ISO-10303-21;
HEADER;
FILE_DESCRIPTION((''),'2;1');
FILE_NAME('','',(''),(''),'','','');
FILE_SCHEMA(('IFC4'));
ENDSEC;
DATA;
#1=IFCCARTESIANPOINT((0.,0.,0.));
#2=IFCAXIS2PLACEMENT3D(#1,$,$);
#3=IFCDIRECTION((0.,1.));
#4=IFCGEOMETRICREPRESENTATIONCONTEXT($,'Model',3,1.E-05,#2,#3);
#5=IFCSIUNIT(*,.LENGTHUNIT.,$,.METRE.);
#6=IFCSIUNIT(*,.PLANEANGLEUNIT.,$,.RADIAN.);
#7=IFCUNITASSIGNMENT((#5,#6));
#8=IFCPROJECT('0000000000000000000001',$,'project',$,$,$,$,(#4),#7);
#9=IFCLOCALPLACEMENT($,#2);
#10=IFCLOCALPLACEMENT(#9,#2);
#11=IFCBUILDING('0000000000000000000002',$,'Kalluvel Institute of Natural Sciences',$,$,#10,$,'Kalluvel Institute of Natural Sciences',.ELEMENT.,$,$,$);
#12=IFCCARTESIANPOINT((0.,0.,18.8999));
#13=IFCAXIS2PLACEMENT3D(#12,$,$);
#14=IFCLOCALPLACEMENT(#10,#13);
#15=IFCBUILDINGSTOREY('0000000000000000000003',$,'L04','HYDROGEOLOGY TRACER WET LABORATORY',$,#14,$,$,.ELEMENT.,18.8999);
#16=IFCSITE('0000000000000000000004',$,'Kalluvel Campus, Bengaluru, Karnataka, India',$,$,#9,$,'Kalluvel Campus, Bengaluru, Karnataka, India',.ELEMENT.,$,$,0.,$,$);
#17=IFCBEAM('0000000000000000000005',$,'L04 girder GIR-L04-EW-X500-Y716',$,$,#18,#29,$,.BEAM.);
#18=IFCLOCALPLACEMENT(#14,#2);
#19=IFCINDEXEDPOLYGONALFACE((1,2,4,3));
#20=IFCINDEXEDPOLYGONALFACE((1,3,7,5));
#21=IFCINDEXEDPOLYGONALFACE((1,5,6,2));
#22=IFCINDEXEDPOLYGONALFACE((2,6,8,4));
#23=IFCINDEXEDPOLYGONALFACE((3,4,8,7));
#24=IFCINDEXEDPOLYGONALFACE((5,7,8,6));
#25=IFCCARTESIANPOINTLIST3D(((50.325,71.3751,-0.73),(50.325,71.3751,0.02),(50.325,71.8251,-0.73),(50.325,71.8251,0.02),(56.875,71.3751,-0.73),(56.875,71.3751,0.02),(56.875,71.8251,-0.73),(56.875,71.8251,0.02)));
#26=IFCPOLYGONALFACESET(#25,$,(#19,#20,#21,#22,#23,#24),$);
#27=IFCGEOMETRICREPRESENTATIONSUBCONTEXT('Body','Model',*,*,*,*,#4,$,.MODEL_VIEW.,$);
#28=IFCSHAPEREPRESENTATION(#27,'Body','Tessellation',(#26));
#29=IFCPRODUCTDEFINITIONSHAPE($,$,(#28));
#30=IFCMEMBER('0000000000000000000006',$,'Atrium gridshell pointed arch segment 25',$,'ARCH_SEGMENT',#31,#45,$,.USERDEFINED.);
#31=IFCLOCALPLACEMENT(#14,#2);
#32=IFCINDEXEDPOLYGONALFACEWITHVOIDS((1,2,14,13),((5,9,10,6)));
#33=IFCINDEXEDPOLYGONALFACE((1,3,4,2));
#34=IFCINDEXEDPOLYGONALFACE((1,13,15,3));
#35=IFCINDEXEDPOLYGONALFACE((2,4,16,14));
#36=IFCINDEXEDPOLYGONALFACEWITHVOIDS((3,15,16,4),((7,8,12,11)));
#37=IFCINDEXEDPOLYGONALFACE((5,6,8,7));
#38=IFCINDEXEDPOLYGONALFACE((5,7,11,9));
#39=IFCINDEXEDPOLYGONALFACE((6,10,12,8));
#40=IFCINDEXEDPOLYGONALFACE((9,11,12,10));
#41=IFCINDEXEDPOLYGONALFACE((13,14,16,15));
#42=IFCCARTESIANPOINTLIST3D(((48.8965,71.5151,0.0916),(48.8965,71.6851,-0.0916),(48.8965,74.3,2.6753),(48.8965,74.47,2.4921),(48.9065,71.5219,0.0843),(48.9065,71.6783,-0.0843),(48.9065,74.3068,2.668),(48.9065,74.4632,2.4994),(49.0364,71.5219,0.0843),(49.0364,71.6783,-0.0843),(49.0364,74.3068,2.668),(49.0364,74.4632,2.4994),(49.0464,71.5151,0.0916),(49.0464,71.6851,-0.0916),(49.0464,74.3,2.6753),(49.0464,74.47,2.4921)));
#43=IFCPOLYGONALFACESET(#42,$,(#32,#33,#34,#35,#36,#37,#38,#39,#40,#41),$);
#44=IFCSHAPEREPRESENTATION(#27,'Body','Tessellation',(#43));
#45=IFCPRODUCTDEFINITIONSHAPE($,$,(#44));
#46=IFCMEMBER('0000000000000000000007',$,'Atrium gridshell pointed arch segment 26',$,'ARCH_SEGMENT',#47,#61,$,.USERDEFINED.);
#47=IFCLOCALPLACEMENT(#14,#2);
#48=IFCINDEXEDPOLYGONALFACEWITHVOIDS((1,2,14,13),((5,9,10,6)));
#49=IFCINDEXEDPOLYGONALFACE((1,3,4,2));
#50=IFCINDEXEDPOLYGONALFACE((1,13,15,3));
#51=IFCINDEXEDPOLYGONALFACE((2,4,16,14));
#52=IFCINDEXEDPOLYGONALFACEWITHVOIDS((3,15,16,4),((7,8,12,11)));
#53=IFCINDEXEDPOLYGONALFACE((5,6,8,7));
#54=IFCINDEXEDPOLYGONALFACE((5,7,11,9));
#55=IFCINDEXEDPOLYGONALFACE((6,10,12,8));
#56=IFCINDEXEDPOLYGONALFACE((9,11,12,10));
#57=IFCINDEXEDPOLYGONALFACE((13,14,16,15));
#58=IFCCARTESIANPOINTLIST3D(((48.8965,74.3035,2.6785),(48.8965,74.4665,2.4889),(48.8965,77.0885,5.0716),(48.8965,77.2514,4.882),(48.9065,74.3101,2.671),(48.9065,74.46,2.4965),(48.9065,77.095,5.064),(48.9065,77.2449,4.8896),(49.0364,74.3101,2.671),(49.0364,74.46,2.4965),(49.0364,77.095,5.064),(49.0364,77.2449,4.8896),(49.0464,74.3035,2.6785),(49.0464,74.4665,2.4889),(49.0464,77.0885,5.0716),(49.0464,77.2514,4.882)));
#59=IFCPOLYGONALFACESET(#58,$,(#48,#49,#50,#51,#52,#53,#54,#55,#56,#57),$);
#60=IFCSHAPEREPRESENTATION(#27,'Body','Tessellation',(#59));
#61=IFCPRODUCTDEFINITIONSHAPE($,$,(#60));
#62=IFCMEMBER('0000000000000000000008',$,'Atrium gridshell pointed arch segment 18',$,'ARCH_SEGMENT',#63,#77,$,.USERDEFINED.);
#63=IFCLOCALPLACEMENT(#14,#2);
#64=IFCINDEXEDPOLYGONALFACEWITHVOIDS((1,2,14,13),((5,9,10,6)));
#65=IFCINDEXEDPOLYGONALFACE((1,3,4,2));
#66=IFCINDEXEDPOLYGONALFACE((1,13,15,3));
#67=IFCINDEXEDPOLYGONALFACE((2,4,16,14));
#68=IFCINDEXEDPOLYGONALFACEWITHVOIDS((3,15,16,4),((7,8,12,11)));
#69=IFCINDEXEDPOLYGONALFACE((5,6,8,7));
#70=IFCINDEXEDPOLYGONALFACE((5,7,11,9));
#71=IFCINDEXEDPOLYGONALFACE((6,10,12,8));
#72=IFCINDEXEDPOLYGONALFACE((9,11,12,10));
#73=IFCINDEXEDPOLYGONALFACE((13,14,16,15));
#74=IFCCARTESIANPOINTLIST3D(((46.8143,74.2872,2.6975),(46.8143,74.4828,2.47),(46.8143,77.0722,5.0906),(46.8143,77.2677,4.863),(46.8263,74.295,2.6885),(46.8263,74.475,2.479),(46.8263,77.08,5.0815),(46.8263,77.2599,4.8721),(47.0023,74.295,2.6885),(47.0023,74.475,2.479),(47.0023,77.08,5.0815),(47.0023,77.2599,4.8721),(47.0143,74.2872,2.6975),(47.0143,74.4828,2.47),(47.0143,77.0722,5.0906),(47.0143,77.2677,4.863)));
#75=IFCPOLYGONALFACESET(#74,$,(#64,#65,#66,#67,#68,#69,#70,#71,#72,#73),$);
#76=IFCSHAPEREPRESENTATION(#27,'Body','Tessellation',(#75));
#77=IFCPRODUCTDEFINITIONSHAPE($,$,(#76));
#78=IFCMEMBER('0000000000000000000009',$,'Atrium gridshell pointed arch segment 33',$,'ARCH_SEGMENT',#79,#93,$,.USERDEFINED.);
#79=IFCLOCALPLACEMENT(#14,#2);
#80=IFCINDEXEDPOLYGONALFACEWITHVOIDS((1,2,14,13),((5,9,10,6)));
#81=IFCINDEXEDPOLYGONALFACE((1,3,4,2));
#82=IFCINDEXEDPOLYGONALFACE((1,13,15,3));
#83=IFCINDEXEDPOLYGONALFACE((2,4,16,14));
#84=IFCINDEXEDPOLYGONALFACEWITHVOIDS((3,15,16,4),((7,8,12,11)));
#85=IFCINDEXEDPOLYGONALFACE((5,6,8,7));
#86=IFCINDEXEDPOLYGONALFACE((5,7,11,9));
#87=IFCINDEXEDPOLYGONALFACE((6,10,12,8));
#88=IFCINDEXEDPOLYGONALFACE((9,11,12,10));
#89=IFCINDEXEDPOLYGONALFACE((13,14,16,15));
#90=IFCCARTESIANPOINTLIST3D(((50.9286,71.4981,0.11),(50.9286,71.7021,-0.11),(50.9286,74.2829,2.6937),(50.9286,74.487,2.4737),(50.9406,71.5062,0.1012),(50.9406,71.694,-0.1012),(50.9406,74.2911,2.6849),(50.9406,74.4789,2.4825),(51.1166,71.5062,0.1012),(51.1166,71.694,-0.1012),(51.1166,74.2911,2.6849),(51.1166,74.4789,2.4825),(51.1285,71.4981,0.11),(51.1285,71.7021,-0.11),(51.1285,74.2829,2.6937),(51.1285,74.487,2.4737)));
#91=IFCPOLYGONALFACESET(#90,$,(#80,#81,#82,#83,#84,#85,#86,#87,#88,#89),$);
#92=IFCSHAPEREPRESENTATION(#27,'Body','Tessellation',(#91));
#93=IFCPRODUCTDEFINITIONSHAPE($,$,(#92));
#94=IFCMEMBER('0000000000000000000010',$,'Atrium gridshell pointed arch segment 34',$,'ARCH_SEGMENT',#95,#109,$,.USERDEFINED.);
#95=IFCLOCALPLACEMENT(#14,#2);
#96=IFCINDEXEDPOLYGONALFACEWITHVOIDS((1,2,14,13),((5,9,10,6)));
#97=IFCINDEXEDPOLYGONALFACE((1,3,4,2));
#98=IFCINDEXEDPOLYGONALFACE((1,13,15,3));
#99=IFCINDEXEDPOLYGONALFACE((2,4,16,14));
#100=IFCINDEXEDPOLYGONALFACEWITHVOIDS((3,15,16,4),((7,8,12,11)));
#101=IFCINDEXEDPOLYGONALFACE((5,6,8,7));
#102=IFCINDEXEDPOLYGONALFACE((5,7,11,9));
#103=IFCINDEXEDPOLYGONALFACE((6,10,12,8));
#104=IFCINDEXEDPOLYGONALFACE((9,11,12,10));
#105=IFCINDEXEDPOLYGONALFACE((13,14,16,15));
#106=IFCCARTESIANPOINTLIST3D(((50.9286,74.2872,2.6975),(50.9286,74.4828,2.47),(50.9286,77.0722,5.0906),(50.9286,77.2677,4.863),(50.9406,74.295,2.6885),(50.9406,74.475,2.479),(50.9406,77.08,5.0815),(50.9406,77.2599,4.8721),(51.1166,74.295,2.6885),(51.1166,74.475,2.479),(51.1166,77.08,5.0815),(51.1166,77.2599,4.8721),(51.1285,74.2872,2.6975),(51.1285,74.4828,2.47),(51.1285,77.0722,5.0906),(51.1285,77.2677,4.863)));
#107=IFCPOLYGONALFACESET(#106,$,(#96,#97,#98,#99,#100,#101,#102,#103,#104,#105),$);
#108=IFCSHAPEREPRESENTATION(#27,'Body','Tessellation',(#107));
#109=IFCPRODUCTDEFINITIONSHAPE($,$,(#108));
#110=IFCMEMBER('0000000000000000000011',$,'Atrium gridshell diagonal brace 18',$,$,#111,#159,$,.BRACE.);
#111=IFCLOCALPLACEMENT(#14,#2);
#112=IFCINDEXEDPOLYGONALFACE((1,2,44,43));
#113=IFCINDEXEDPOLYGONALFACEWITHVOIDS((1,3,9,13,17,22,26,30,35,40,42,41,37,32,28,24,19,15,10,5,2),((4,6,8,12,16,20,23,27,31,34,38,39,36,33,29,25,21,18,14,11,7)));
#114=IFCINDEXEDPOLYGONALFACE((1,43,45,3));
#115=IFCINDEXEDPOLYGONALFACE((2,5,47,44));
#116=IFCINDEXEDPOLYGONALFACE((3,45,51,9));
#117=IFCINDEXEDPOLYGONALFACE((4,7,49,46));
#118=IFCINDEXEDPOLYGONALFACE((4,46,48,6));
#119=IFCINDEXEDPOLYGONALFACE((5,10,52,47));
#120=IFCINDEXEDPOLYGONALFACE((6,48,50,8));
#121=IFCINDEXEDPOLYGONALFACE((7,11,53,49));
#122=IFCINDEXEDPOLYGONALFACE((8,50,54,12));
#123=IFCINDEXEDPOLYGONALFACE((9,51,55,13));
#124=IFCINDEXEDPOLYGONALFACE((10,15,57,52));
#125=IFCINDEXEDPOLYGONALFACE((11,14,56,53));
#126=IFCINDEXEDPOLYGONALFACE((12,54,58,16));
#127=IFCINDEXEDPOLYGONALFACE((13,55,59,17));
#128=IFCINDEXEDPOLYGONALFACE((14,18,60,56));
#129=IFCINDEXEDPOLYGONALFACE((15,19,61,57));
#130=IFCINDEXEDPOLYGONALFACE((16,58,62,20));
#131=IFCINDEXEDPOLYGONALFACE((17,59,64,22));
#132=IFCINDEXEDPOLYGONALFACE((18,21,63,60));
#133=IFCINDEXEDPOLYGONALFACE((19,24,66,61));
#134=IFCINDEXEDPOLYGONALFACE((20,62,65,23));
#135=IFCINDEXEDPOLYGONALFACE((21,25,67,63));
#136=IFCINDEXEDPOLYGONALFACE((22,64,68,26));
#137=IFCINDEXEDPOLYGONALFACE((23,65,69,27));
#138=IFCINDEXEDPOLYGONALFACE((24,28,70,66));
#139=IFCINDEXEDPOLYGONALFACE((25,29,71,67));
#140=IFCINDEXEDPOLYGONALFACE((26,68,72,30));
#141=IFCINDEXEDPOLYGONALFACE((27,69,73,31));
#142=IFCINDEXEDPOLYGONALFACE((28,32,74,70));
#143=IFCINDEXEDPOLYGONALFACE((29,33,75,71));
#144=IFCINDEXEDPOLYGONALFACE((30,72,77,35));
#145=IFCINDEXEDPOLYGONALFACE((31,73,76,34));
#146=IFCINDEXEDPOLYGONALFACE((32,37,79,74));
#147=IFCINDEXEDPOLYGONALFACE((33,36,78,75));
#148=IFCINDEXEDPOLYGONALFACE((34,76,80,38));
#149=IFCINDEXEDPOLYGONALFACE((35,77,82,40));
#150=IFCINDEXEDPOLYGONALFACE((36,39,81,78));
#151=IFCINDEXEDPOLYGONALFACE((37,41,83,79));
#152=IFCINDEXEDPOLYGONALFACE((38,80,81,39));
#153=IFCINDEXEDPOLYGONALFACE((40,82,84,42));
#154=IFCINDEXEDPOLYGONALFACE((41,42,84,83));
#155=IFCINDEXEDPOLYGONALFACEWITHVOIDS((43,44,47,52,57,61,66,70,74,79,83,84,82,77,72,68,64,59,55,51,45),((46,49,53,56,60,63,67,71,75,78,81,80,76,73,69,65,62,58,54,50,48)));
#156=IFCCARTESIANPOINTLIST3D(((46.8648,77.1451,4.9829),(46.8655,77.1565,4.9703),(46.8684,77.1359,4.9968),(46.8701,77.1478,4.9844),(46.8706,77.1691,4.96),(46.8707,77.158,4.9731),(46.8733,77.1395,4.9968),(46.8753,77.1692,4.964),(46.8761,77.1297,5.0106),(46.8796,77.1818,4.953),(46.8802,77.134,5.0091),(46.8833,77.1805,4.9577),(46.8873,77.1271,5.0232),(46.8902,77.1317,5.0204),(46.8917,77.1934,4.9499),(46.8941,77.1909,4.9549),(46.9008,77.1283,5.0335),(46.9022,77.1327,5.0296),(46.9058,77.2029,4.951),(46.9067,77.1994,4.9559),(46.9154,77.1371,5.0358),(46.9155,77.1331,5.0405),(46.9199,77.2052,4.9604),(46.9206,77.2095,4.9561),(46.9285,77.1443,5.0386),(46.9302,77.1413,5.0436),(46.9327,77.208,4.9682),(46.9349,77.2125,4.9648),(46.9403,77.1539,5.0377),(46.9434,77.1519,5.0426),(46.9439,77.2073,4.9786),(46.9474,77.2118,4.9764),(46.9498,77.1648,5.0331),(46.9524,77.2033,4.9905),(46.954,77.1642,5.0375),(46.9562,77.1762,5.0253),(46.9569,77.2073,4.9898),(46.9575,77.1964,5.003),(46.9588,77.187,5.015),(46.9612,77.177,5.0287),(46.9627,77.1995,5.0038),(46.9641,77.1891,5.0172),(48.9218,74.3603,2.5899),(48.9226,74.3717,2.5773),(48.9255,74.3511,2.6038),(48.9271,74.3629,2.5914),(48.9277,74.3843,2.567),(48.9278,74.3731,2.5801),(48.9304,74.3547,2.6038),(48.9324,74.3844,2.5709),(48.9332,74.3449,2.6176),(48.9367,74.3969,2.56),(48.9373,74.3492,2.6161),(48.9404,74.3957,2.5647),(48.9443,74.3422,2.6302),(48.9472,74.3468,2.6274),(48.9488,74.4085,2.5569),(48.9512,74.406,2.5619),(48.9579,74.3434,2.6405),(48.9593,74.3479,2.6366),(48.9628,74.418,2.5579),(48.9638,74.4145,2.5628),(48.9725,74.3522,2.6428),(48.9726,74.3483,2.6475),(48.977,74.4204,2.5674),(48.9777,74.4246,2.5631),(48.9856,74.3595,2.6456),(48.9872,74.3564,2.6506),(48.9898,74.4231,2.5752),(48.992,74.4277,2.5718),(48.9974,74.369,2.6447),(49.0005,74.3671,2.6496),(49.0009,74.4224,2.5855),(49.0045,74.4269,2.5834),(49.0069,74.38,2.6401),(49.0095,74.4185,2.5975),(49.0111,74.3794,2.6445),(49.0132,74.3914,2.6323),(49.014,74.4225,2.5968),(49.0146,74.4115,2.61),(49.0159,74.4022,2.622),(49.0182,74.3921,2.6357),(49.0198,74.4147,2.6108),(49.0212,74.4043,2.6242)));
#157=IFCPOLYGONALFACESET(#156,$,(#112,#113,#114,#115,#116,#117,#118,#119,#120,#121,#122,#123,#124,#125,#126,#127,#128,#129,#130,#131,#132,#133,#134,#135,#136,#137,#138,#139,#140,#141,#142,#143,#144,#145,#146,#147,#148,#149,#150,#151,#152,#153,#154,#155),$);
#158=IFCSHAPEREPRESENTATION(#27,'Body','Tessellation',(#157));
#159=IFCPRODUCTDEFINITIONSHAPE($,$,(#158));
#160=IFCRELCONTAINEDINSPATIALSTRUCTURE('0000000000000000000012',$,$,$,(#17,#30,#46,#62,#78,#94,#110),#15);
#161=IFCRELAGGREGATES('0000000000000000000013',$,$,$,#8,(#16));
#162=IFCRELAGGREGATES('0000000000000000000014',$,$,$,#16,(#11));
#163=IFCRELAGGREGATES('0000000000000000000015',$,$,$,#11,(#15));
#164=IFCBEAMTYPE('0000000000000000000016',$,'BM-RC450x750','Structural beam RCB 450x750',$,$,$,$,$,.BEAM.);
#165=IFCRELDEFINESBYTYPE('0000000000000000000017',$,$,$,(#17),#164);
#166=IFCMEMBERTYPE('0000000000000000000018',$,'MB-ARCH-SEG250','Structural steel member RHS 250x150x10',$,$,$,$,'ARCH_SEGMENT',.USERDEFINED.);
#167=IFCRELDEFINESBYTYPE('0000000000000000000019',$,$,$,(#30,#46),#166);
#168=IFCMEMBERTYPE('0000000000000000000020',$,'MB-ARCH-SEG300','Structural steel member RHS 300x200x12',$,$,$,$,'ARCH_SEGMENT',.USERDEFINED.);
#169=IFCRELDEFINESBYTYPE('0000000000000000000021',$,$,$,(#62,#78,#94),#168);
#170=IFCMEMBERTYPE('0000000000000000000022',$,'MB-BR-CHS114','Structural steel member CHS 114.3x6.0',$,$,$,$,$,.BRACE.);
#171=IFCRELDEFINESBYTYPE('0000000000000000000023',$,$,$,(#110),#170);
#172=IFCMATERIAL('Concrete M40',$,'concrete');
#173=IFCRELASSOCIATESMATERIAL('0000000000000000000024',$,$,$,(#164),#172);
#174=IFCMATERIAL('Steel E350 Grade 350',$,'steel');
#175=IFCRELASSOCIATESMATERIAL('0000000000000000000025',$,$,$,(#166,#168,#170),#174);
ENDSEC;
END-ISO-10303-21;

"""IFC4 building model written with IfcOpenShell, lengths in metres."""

from ifc_helpers import new_model, si_unit, direction, frame, origin, origin_2d, place, context, subcontext, project, spatial, rectangle, hollow_rectangle, hollow_circle, extrude, material, material_profile, profile_set, type_object, element, save


model = new_model("IFC4")

# Units and contexts
model_context = context("Model", 3, precision=1e-05, world=origin(), true_north=direction((0.0, 1.0)))
body_context = subcontext(model_context, "Body", "Model", "MODEL_VIEW")
ifc_project = project(units=[si_unit("LENGTHUNIT", "METRE"), si_unit("PLANEANGLEUNIT", "RADIAN")], contexts=[model_context])

# Site, building, storey
site_placement = place(None, origin())
site = spatial("IfcSite", under=ifc_project, at=site_placement, Name="Kalluvel Campus, Bengaluru, Karnataka, India", LongName="Kalluvel Campus, Bengaluru, Karnataka, India", CompositionType="ELEMENT", RefElevation=0.0)
building_placement = place(site_placement, origin())
building = spatial("IfcBuilding", under=site, at=building_placement, Name="Kalluvel Institute of Natural Sciences", LongName="Kalluvel Institute of Natural Sciences", CompositionType="ELEMENT")
storey_placement = place(building_placement, frame((0.0, 0.0, 18.8999)))
storey = spatial("IfcBuildingStorey", under=building, at=storey_placement, Name="L04", Description="HYDROGEOLOGY TRACER WET LABORATORY", CompositionType="ELEMENT", Elevation=18.8999)

# Beam
ifc_material_1 = material(Name="Concrete M40", Category="concrete")
ifc_material_profile_1 = material_profile(ifc_material_1, rectangle(XDim=0.45, YDim=0.75, at=origin_2d()), Name="RCB 450x750")
ifc_profile_set_1 = profile_set([ifc_material_profile_1], Name="Concrete M40")
beam_type = type_object("IfcBeamType", Name="BM-RC450x750", Description="Structural beam RCB 450x750", PredefinedType="BEAM", material=ifc_profile_set_1)
beam_placement = place(storey_placement, frame((50.325, 71.6001, -0.355), z_axis=(1.0, 0.0, 0.0), x_axis=(0.0, 1.0, 0.0)))
element("IfcBeam", 1, at=beam_placement, inside=storey, type_object=beam_type, Name="L04 girder GIR-L04-EW-X500-Y716", PredefinedType="BEAM", context=body_context, shape_type="SweptSolid", body=[
    extrude(rectangle(XDim=0.45, YDim=0.75, at=origin_2d()), origin(), (0.0, 0.0, 1.0), 6.55),
])

# Members
ifc_material_2 = material(Name="Steel E350 Grade 350", Category="steel")
ifc_material_profile_2 = material_profile(ifc_material_2, hollow_rectangle(XDim=0.1499, YDim=0.25, WallThickness=0.01, at=origin_2d()), Name="RHS 250x150x10")
ifc_profile_set_2 = profile_set([ifc_material_profile_2], Name="Steel E350 Grade 350")
member_type_1 = type_object("IfcMemberType", Name="MB-ARCH-SEG250", Description="Structural steel member RHS 250x150x10", ElementType="ARCH_SEGMENT", PredefinedType="USERDEFINED", material=ifc_profile_set_2)
member_1_placement = place(storey_placement, frame((48.9714, 71.6001, 0.0), z_axis=(0.0, 0.733089, 0.680133), x_axis=(-1.0, 0.0, 0.0)))
element("IfcMember", 2, at=member_1_placement, inside=storey, type_object=member_type_1, Name="Atrium gridshell pointed arch segment 25", ObjectType="ARCH_SEGMENT", PredefinedType="USERDEFINED", context=body_context, shape_type="SweptSolid", body=[
    extrude(hollow_rectangle(XDim=0.1499, YDim=0.25, WallThickness=0.01, at=origin_2d()), origin(), (0.0, 0.0, 1.0), 3.7988),
])
member_2_placement = place(storey_placement, frame((48.9714, 74.385, 2.5837), z_axis=(0.0, 0.758449, 0.651733), x_axis=(-1.0, 0.0, 0.0)))
element("IfcMember", 3, at=member_2_placement, inside=storey, type_object=member_type_1, Name="Atrium gridshell pointed arch segment 26", ObjectType="ARCH_SEGMENT", PredefinedType="USERDEFINED", context=body_context, shape_type="SweptSolid", body=[
    extrude(hollow_rectangle(XDim=0.1499, YDim=0.25, WallThickness=0.01, at=origin_2d()), origin(), (0.0, 0.0, 1.0), 3.6719),
])
ifc_material_profile_3 = material_profile(ifc_material_2, hollow_rectangle(XDim=0.2, YDim=0.3, WallThickness=0.012, at=origin_2d()), Name="RHS 300x200x12")
ifc_profile_set_3 = profile_set([ifc_material_profile_3], Name="Steel E350 Grade 350")
member_type_2 = type_object("IfcMemberType", Name="MB-ARCH-SEG300", Description="Structural steel member RHS 300x200x12", ElementType="ARCH_SEGMENT", PredefinedType="USERDEFINED", material=ifc_profile_set_3)
member_3_placement = place(storey_placement, frame((46.9143, 74.385, 2.5837), z_axis=(0.0, 0.758449, 0.651733), x_axis=(-1.0, 0.0, 0.0)))
element("IfcMember", 4, at=member_3_placement, inside=storey, type_object=member_type_2, Name="Atrium gridshell pointed arch segment 18", ObjectType="ARCH_SEGMENT", PredefinedType="USERDEFINED", context=body_context, shape_type="SweptSolid", body=[
    extrude(hollow_rectangle(XDim=0.2, YDim=0.3, WallThickness=0.012, at=origin_2d()), origin(), (0.0, 0.0, 1.0), 3.6719),
])
member_4_placement = place(storey_placement, frame((51.0286, 71.6001, 0.0), z_axis=(0.0, 0.733089, 0.680133), x_axis=(-1.0, 0.0, 0.0)))
element("IfcMember", 5, at=member_4_placement, inside=storey, type_object=member_type_2, Name="Atrium gridshell pointed arch segment 33", ObjectType="ARCH_SEGMENT", PredefinedType="USERDEFINED", context=body_context, shape_type="SweptSolid", body=[
    extrude(hollow_rectangle(XDim=0.2, YDim=0.3, WallThickness=0.012, at=origin_2d()), origin(), (0.0, 0.0, 1.0), 3.7988),
])
member_5_placement = place(storey_placement, frame((51.0286, 74.385, 2.5837), z_axis=(0.0, 0.758449, 0.651733), x_axis=(-1.0, 0.0, 0.0)))
element("IfcMember", 6, at=member_5_placement, inside=storey, type_object=member_type_2, Name="Atrium gridshell pointed arch segment 34", ObjectType="ARCH_SEGMENT", PredefinedType="USERDEFINED", context=body_context, shape_type="SweptSolid", body=[
    extrude(hollow_rectangle(XDim=0.2, YDim=0.3, WallThickness=0.012, at=origin_2d()), origin(), (0.0, 0.0, 1.0), 3.6719),
])
ifc_material_profile_4 = material_profile(ifc_material_2, hollow_circle(Radius=0.0571, WallThickness=0.0061, at=origin_2d()), Name="CHS 114.3x6.0")
ifc_profile_set_4 = profile_set([ifc_material_profile_4], Name="Steel E350 Grade 350")
member_type_3 = type_object("IfcMemberType", Name="MB-BR-CHS114", Description="Structural steel member CHS 114.3x6.0", PredefinedType="BRACE", material=ifc_profile_set_4)
member_6_placement = place(storey_placement, frame((48.9714, 74.385, 2.6038), z_axis=(-0.488765, 0.661683, 0.568582), x_axis=(-0.804353, -0.594151, 0.0)))
element("IfcMember", 7, at=member_6_placement, inside=storey, type_object=member_type_3, Name="Atrium gridshell diagonal brace 18", PredefinedType="BRACE", context=body_context, shape_type="SweptSolid", body=[
    extrude(hollow_circle(Radius=0.0571, WallThickness=0.0061, at=origin_2d()), origin(), (0.0, 0.0, 1.0), 4.2087),
])

save(model, "model.ifc")
